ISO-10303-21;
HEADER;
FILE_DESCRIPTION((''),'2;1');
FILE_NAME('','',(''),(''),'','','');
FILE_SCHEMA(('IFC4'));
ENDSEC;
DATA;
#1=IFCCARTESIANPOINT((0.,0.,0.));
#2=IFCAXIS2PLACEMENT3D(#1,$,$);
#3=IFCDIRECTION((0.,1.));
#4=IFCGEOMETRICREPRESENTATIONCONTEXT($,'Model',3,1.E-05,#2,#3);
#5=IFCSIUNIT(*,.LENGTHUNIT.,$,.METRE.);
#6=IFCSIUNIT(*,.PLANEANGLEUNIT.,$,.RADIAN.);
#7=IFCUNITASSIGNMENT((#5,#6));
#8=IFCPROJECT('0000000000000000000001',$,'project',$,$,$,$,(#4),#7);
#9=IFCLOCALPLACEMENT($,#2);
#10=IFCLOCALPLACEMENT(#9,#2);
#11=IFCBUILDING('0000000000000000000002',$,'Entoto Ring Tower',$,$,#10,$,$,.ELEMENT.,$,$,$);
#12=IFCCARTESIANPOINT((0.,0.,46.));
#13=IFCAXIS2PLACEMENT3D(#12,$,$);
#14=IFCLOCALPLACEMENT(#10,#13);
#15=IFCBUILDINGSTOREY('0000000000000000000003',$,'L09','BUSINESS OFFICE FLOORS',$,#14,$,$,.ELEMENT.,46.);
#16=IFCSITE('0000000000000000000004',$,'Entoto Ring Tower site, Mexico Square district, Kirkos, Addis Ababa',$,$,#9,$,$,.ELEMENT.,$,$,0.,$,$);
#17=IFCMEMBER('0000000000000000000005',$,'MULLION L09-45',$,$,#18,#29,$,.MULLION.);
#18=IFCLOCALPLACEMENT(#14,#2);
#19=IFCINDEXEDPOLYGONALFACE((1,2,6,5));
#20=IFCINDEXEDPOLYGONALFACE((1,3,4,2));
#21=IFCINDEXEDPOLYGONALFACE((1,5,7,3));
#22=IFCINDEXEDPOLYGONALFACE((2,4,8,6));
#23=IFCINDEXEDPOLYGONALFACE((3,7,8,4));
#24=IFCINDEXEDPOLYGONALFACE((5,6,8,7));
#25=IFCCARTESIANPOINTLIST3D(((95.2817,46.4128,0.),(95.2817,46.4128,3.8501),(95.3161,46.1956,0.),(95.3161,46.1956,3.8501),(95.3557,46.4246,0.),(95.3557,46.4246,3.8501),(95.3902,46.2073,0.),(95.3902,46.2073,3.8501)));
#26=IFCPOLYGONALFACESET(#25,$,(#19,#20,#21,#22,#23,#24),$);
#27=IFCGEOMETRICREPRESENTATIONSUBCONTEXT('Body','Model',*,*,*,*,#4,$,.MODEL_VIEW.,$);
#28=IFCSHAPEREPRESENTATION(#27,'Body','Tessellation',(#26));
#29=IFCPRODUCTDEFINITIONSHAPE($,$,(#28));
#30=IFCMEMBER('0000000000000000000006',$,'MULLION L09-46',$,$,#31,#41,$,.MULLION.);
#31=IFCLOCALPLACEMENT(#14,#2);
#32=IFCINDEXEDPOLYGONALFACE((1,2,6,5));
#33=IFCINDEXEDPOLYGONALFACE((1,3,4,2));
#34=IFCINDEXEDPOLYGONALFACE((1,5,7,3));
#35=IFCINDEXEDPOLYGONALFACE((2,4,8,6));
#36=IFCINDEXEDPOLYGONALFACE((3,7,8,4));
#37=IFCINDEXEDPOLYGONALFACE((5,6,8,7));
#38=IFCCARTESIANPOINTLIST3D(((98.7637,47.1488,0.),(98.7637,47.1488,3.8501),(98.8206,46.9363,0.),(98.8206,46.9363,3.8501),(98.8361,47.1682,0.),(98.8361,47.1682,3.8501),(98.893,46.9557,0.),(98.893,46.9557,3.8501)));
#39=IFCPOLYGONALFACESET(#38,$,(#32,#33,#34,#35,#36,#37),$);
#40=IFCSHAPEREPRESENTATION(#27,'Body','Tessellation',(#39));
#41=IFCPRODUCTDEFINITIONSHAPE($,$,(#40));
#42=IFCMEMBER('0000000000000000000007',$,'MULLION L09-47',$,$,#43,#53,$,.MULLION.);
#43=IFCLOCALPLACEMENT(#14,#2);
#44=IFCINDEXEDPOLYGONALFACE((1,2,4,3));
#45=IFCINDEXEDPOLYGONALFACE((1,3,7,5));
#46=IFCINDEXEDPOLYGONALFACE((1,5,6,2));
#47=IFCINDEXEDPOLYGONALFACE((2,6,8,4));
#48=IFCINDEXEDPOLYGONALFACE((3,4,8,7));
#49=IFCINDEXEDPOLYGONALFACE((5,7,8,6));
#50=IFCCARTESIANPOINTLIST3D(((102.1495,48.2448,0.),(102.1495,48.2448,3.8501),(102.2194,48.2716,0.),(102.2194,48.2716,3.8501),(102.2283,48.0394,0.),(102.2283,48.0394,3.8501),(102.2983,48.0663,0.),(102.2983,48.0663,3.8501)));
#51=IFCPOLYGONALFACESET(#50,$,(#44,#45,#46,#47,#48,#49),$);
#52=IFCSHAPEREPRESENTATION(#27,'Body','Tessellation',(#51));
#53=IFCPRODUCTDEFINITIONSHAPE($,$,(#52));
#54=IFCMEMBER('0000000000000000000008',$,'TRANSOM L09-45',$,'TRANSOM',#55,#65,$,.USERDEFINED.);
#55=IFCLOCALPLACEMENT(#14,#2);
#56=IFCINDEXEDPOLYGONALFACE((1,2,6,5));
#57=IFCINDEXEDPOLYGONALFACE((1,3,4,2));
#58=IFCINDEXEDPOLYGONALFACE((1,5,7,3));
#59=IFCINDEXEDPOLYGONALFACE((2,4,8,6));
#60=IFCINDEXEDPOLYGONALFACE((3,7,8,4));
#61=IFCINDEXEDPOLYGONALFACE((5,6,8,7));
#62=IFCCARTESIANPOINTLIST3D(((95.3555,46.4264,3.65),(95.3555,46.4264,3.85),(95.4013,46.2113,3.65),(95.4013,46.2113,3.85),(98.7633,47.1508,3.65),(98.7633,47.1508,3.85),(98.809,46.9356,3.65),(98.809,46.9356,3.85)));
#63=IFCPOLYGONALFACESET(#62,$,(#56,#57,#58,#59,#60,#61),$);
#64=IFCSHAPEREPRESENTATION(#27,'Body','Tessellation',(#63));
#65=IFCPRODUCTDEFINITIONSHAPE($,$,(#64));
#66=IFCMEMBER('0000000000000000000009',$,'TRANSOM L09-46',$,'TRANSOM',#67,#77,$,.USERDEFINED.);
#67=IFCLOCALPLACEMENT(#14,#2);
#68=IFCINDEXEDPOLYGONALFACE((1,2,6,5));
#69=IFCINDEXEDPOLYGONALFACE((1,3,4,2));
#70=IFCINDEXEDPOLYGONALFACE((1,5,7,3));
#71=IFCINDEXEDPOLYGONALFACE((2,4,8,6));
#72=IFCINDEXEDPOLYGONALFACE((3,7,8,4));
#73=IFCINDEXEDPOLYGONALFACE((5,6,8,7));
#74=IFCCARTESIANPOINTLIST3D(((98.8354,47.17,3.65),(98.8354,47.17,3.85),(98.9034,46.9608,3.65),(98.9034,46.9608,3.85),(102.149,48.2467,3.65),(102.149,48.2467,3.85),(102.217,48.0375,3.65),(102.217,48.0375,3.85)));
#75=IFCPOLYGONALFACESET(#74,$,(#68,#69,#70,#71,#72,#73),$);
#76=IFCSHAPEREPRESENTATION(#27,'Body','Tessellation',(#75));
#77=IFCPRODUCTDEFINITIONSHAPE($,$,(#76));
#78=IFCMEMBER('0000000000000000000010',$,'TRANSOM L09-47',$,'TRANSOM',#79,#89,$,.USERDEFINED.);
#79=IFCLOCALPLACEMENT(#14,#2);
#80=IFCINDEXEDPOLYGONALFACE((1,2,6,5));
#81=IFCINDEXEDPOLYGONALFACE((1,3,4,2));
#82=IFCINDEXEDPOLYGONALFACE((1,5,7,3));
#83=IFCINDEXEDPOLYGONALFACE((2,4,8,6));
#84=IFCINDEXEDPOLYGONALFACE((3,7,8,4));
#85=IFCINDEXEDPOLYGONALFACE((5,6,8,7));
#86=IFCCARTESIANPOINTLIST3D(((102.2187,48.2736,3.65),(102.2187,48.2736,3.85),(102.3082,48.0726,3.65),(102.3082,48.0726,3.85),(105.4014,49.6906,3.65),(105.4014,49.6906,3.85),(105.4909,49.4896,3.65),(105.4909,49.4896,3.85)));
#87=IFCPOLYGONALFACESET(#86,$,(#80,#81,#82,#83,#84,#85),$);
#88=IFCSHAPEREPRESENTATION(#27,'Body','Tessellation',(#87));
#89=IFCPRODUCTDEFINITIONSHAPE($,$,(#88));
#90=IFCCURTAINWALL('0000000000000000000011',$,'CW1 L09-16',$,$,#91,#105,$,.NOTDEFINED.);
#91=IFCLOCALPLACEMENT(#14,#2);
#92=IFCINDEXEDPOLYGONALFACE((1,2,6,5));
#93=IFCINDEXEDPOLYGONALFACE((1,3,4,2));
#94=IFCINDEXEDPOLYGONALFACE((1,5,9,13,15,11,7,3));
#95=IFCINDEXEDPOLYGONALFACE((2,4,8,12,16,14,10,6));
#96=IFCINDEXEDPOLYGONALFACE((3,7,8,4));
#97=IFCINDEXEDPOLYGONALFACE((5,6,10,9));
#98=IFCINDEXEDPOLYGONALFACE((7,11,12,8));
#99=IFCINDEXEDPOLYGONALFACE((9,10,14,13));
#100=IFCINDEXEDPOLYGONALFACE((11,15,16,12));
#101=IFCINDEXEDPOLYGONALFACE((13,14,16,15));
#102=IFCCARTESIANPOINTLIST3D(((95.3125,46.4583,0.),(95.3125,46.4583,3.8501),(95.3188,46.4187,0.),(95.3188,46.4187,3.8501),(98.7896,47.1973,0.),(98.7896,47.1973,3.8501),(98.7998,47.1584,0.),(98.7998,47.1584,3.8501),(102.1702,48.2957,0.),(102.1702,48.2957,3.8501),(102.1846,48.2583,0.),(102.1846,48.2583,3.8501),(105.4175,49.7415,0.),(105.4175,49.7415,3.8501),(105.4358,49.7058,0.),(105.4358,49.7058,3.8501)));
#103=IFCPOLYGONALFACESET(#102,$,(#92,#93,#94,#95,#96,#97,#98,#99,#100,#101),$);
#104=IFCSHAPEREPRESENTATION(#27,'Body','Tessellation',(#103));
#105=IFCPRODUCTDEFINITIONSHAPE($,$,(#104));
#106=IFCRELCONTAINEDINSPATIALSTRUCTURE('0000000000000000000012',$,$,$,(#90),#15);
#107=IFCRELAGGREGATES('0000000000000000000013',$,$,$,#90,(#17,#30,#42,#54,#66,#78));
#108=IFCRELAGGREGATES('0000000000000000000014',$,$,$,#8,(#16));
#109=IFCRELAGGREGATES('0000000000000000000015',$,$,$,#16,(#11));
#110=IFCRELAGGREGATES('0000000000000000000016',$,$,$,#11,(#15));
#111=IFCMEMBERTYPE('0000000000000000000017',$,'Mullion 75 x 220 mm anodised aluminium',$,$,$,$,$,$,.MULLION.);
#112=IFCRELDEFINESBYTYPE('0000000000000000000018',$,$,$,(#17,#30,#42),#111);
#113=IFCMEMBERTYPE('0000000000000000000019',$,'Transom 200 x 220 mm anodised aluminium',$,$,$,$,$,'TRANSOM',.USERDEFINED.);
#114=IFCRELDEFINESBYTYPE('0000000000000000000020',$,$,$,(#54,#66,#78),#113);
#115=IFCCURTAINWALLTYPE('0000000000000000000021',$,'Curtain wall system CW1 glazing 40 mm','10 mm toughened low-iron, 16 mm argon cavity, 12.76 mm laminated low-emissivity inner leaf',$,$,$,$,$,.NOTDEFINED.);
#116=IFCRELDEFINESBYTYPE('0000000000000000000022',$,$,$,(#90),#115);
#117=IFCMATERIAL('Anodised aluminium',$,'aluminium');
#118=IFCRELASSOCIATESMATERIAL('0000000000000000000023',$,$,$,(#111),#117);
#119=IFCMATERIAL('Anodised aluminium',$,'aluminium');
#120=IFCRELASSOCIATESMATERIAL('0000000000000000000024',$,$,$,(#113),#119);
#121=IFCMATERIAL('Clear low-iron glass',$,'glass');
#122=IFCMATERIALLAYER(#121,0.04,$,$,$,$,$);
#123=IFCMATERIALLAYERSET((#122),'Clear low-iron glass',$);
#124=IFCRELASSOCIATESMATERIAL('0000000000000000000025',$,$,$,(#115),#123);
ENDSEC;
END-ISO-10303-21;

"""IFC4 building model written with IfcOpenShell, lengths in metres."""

from ifc_helpers import new_model, si_unit, direction, frame, origin, origin_2d, place, context, subcontext, project, spatial, polyline, rectangle, outline, extrude, material, layer, layer_set, material_profile, profile_set, type_object, element, aggregate, save


model = new_model("IFC4")

# Units and contexts
model_context = context("Model", 3, precision=1e-05, world=origin(), true_north=direction((0.0, 1.0)))
body_context = subcontext(model_context, "Body", "Model", "MODEL_VIEW")
ifc_project = project(units=[si_unit("LENGTHUNIT", "METRE"), si_unit("PLANEANGLEUNIT", "RADIAN")], contexts=[model_context])

# Members
ifc_material_1 = material(Name="Anodised aluminium", Category="aluminium")
ifc_material_profile_1 = material_profile(ifc_material_1, rectangle(XDim=0.075, YDim=0.22, at=origin_2d()), Name="Mullion 75 x 220 mm anodised aluminium")
ifc_profile_set_1 = profile_set([ifc_material_profile_1], Name="Anodised aluminium")
member_type_1 = type_object("IfcMemberType", Name="Mullion 75 x 220 mm anodised aluminium", PredefinedType="MULLION", material=ifc_profile_set_1)
site_placement = place(None, origin())
building_placement = place(site_placement, origin())
storey_placement = place(building_placement, frame((0.0, 0.0, 46.0)))
member_1_placement = place(storey_placement, frame((95.3359, 46.3101, 0.0), z_axis=(0.0, 0.0, 1.0), x_axis=(0.987688, 0.156434, 0.0)))
member_1 = element("IfcMember", 1, at=member_1_placement, type_object=member_type_1, Name="MULLION L09-45", PredefinedType="MULLION", context=body_context, shape_type="SweptSolid", body=[
    extrude(rectangle(XDim=0.075, YDim=0.22, at=origin_2d()), origin(), (0.0, 0.0, 1.0), 3.8501),
])
member_2_placement = place(storey_placement, frame((98.8284, 47.0522, 0.0), z_axis=(0.0, 0.0, 1.0), x_axis=(0.965926, 0.258819, 0.0)))
member_2 = element("IfcMember", 2, at=member_2_placement, type_object=member_type_1, Name="MULLION L09-46", PredefinedType="MULLION", context=body_context, shape_type="SweptSolid", body=[
    extrude(rectangle(XDim=0.075, YDim=0.22, at=origin_2d()), origin(), (0.0, 0.0, 1.0), 3.8501),
])
member_3_placement = place(storey_placement, frame((102.2239, 48.1555, 0.0), z_axis=(0.0, 0.0, 1.0), x_axis=(0.93358, 0.358368, 0.0)))
member_3 = element("IfcMember", 3, at=member_3_placement, type_object=member_type_1, Name="MULLION L09-47", PredefinedType="MULLION", context=body_context, shape_type="SweptSolid", body=[
    extrude(rectangle(XDim=0.075, YDim=0.22, at=origin_2d()), origin(), (0.0, 0.0, 1.0), 3.8501),
])
ifc_material_2 = material(Name="Anodised aluminium", Category="aluminium")
ifc_material_profile_2 = material_profile(ifc_material_2, rectangle(XDim=0.22, YDim=0.2, at=origin_2d()), Name="Transom 200 x 220 mm anodised aluminium")
ifc_profile_set_2 = profile_set([ifc_material_profile_2], Name="Anodised aluminium")
member_type_2 = type_object("IfcMemberType", Name="Transom 200 x 220 mm anodised aluminium", ElementType="TRANSOM", PredefinedType="USERDEFINED", material=ifc_profile_set_2)
member_4_placement = place(storey_placement, frame((95.3784, 46.3188, 3.75), z_axis=(0.978146, 0.207921, 0.0), x_axis=(-0.207921, 0.978146, 0.0)))
member_4 = element("IfcMember", 4, at=member_4_placement, type_object=member_type_2, Name="TRANSOM L09-45", ObjectType="TRANSOM", PredefinedType="USERDEFINED", context=body_context, shape_type="SweptSolid", body=[
    extrude(rectangle(XDim=0.22, YDim=0.2, at=origin_2d()), origin(), (0.0, 0.0, 1.0), 3.4839),
])
member_5_placement = place(storey_placement, frame((98.8694, 47.0654, 3.75), z_axis=(0.951053, 0.309029, 0.0), x_axis=(-0.309029, 0.951053, 0.0)))
member_5 = element("IfcMember", 5, at=member_5_placement, type_object=member_type_2, Name="TRANSOM L09-46", ObjectType="TRANSOM", PredefinedType="USERDEFINED", context=body_context, shape_type="SweptSolid", body=[
    extrude(rectangle(XDim=0.22, YDim=0.2, at=origin_2d()), origin(), (0.0, 0.0, 1.0), 3.4841),
])
member_6_placement = place(storey_placement, frame((102.2634, 48.1731, 3.75), z_axis=(0.913545, 0.406737, 0.0), x_axis=(-0.406737, 0.913545, 0.0)))
member_6 = element("IfcMember", 6, at=member_6_placement, type_object=member_type_2, Name="TRANSOM L09-47", ObjectType="TRANSOM", PredefinedType="USERDEFINED", context=body_context, shape_type="SweptSolid", body=[
    extrude(rectangle(XDim=0.22, YDim=0.2, at=origin_2d()), origin(), (0.0, 0.0, 1.0), 3.4839),
])

# Site, building, storey
site = spatial("IfcSite", under=ifc_project, at=site_placement, Name="Entoto Ring Tower site, Mexico Square district, Kirkos, Addis Ababa", CompositionType="ELEMENT", RefElevation=0.0)
building = spatial("IfcBuilding", under=site, at=building_placement, Name="Entoto Ring Tower", CompositionType="ELEMENT")
storey = spatial("IfcBuildingStorey", under=building, at=storey_placement, Name="L09", Description="BUSINESS OFFICE FLOORS", CompositionType="ELEMENT", Elevation=46.0)

# Curtain wall
ifc_material_3 = material(Name="Clear low-iron glass", Category="glass")
ifc_layer_1 = layer(ifc_material_3, 0.04)
ifc_layer_set_1 = layer_set([ifc_layer_1], Name="Clear low-iron glass")
curtain_wall_type = type_object("IfcCurtainWallType", Name="Curtain wall system CW1 glazing 40 mm", Description="10 mm toughened low-iron, 16 mm argon cavity, 12.76 mm laminated low-emissivity inner leaf", PredefinedType="NOTDEFINED", material=ifc_layer_set_1)
curtain_wall_1_placement = place(storey_placement, origin())
curtain_wall_1 = element("IfcCurtainWall", 7, at=curtain_wall_1_placement, inside=storey, type_object=curtain_wall_type, Name="CW1 L09-16", PredefinedType="NOTDEFINED", context=body_context, shape_type="SweptSolid", body=[
    extrude(outline(polyline([(95.3188, 46.4187), (98.7998, 47.1584), (102.1846, 48.2583), (105.4358, 49.7058), (105.4175, 49.7415), (102.1702, 48.2957), (98.7896, 47.1973), (95.3125, 46.4583), (95.3188, 46.4187)])), origin(), (0.0, 0.0, 1.0), 3.8501),
])
aggregate(curtain_wall_1, [member_1, member_2, member_3, member_4, member_5, member_6])

save(model, "model.ifc")
